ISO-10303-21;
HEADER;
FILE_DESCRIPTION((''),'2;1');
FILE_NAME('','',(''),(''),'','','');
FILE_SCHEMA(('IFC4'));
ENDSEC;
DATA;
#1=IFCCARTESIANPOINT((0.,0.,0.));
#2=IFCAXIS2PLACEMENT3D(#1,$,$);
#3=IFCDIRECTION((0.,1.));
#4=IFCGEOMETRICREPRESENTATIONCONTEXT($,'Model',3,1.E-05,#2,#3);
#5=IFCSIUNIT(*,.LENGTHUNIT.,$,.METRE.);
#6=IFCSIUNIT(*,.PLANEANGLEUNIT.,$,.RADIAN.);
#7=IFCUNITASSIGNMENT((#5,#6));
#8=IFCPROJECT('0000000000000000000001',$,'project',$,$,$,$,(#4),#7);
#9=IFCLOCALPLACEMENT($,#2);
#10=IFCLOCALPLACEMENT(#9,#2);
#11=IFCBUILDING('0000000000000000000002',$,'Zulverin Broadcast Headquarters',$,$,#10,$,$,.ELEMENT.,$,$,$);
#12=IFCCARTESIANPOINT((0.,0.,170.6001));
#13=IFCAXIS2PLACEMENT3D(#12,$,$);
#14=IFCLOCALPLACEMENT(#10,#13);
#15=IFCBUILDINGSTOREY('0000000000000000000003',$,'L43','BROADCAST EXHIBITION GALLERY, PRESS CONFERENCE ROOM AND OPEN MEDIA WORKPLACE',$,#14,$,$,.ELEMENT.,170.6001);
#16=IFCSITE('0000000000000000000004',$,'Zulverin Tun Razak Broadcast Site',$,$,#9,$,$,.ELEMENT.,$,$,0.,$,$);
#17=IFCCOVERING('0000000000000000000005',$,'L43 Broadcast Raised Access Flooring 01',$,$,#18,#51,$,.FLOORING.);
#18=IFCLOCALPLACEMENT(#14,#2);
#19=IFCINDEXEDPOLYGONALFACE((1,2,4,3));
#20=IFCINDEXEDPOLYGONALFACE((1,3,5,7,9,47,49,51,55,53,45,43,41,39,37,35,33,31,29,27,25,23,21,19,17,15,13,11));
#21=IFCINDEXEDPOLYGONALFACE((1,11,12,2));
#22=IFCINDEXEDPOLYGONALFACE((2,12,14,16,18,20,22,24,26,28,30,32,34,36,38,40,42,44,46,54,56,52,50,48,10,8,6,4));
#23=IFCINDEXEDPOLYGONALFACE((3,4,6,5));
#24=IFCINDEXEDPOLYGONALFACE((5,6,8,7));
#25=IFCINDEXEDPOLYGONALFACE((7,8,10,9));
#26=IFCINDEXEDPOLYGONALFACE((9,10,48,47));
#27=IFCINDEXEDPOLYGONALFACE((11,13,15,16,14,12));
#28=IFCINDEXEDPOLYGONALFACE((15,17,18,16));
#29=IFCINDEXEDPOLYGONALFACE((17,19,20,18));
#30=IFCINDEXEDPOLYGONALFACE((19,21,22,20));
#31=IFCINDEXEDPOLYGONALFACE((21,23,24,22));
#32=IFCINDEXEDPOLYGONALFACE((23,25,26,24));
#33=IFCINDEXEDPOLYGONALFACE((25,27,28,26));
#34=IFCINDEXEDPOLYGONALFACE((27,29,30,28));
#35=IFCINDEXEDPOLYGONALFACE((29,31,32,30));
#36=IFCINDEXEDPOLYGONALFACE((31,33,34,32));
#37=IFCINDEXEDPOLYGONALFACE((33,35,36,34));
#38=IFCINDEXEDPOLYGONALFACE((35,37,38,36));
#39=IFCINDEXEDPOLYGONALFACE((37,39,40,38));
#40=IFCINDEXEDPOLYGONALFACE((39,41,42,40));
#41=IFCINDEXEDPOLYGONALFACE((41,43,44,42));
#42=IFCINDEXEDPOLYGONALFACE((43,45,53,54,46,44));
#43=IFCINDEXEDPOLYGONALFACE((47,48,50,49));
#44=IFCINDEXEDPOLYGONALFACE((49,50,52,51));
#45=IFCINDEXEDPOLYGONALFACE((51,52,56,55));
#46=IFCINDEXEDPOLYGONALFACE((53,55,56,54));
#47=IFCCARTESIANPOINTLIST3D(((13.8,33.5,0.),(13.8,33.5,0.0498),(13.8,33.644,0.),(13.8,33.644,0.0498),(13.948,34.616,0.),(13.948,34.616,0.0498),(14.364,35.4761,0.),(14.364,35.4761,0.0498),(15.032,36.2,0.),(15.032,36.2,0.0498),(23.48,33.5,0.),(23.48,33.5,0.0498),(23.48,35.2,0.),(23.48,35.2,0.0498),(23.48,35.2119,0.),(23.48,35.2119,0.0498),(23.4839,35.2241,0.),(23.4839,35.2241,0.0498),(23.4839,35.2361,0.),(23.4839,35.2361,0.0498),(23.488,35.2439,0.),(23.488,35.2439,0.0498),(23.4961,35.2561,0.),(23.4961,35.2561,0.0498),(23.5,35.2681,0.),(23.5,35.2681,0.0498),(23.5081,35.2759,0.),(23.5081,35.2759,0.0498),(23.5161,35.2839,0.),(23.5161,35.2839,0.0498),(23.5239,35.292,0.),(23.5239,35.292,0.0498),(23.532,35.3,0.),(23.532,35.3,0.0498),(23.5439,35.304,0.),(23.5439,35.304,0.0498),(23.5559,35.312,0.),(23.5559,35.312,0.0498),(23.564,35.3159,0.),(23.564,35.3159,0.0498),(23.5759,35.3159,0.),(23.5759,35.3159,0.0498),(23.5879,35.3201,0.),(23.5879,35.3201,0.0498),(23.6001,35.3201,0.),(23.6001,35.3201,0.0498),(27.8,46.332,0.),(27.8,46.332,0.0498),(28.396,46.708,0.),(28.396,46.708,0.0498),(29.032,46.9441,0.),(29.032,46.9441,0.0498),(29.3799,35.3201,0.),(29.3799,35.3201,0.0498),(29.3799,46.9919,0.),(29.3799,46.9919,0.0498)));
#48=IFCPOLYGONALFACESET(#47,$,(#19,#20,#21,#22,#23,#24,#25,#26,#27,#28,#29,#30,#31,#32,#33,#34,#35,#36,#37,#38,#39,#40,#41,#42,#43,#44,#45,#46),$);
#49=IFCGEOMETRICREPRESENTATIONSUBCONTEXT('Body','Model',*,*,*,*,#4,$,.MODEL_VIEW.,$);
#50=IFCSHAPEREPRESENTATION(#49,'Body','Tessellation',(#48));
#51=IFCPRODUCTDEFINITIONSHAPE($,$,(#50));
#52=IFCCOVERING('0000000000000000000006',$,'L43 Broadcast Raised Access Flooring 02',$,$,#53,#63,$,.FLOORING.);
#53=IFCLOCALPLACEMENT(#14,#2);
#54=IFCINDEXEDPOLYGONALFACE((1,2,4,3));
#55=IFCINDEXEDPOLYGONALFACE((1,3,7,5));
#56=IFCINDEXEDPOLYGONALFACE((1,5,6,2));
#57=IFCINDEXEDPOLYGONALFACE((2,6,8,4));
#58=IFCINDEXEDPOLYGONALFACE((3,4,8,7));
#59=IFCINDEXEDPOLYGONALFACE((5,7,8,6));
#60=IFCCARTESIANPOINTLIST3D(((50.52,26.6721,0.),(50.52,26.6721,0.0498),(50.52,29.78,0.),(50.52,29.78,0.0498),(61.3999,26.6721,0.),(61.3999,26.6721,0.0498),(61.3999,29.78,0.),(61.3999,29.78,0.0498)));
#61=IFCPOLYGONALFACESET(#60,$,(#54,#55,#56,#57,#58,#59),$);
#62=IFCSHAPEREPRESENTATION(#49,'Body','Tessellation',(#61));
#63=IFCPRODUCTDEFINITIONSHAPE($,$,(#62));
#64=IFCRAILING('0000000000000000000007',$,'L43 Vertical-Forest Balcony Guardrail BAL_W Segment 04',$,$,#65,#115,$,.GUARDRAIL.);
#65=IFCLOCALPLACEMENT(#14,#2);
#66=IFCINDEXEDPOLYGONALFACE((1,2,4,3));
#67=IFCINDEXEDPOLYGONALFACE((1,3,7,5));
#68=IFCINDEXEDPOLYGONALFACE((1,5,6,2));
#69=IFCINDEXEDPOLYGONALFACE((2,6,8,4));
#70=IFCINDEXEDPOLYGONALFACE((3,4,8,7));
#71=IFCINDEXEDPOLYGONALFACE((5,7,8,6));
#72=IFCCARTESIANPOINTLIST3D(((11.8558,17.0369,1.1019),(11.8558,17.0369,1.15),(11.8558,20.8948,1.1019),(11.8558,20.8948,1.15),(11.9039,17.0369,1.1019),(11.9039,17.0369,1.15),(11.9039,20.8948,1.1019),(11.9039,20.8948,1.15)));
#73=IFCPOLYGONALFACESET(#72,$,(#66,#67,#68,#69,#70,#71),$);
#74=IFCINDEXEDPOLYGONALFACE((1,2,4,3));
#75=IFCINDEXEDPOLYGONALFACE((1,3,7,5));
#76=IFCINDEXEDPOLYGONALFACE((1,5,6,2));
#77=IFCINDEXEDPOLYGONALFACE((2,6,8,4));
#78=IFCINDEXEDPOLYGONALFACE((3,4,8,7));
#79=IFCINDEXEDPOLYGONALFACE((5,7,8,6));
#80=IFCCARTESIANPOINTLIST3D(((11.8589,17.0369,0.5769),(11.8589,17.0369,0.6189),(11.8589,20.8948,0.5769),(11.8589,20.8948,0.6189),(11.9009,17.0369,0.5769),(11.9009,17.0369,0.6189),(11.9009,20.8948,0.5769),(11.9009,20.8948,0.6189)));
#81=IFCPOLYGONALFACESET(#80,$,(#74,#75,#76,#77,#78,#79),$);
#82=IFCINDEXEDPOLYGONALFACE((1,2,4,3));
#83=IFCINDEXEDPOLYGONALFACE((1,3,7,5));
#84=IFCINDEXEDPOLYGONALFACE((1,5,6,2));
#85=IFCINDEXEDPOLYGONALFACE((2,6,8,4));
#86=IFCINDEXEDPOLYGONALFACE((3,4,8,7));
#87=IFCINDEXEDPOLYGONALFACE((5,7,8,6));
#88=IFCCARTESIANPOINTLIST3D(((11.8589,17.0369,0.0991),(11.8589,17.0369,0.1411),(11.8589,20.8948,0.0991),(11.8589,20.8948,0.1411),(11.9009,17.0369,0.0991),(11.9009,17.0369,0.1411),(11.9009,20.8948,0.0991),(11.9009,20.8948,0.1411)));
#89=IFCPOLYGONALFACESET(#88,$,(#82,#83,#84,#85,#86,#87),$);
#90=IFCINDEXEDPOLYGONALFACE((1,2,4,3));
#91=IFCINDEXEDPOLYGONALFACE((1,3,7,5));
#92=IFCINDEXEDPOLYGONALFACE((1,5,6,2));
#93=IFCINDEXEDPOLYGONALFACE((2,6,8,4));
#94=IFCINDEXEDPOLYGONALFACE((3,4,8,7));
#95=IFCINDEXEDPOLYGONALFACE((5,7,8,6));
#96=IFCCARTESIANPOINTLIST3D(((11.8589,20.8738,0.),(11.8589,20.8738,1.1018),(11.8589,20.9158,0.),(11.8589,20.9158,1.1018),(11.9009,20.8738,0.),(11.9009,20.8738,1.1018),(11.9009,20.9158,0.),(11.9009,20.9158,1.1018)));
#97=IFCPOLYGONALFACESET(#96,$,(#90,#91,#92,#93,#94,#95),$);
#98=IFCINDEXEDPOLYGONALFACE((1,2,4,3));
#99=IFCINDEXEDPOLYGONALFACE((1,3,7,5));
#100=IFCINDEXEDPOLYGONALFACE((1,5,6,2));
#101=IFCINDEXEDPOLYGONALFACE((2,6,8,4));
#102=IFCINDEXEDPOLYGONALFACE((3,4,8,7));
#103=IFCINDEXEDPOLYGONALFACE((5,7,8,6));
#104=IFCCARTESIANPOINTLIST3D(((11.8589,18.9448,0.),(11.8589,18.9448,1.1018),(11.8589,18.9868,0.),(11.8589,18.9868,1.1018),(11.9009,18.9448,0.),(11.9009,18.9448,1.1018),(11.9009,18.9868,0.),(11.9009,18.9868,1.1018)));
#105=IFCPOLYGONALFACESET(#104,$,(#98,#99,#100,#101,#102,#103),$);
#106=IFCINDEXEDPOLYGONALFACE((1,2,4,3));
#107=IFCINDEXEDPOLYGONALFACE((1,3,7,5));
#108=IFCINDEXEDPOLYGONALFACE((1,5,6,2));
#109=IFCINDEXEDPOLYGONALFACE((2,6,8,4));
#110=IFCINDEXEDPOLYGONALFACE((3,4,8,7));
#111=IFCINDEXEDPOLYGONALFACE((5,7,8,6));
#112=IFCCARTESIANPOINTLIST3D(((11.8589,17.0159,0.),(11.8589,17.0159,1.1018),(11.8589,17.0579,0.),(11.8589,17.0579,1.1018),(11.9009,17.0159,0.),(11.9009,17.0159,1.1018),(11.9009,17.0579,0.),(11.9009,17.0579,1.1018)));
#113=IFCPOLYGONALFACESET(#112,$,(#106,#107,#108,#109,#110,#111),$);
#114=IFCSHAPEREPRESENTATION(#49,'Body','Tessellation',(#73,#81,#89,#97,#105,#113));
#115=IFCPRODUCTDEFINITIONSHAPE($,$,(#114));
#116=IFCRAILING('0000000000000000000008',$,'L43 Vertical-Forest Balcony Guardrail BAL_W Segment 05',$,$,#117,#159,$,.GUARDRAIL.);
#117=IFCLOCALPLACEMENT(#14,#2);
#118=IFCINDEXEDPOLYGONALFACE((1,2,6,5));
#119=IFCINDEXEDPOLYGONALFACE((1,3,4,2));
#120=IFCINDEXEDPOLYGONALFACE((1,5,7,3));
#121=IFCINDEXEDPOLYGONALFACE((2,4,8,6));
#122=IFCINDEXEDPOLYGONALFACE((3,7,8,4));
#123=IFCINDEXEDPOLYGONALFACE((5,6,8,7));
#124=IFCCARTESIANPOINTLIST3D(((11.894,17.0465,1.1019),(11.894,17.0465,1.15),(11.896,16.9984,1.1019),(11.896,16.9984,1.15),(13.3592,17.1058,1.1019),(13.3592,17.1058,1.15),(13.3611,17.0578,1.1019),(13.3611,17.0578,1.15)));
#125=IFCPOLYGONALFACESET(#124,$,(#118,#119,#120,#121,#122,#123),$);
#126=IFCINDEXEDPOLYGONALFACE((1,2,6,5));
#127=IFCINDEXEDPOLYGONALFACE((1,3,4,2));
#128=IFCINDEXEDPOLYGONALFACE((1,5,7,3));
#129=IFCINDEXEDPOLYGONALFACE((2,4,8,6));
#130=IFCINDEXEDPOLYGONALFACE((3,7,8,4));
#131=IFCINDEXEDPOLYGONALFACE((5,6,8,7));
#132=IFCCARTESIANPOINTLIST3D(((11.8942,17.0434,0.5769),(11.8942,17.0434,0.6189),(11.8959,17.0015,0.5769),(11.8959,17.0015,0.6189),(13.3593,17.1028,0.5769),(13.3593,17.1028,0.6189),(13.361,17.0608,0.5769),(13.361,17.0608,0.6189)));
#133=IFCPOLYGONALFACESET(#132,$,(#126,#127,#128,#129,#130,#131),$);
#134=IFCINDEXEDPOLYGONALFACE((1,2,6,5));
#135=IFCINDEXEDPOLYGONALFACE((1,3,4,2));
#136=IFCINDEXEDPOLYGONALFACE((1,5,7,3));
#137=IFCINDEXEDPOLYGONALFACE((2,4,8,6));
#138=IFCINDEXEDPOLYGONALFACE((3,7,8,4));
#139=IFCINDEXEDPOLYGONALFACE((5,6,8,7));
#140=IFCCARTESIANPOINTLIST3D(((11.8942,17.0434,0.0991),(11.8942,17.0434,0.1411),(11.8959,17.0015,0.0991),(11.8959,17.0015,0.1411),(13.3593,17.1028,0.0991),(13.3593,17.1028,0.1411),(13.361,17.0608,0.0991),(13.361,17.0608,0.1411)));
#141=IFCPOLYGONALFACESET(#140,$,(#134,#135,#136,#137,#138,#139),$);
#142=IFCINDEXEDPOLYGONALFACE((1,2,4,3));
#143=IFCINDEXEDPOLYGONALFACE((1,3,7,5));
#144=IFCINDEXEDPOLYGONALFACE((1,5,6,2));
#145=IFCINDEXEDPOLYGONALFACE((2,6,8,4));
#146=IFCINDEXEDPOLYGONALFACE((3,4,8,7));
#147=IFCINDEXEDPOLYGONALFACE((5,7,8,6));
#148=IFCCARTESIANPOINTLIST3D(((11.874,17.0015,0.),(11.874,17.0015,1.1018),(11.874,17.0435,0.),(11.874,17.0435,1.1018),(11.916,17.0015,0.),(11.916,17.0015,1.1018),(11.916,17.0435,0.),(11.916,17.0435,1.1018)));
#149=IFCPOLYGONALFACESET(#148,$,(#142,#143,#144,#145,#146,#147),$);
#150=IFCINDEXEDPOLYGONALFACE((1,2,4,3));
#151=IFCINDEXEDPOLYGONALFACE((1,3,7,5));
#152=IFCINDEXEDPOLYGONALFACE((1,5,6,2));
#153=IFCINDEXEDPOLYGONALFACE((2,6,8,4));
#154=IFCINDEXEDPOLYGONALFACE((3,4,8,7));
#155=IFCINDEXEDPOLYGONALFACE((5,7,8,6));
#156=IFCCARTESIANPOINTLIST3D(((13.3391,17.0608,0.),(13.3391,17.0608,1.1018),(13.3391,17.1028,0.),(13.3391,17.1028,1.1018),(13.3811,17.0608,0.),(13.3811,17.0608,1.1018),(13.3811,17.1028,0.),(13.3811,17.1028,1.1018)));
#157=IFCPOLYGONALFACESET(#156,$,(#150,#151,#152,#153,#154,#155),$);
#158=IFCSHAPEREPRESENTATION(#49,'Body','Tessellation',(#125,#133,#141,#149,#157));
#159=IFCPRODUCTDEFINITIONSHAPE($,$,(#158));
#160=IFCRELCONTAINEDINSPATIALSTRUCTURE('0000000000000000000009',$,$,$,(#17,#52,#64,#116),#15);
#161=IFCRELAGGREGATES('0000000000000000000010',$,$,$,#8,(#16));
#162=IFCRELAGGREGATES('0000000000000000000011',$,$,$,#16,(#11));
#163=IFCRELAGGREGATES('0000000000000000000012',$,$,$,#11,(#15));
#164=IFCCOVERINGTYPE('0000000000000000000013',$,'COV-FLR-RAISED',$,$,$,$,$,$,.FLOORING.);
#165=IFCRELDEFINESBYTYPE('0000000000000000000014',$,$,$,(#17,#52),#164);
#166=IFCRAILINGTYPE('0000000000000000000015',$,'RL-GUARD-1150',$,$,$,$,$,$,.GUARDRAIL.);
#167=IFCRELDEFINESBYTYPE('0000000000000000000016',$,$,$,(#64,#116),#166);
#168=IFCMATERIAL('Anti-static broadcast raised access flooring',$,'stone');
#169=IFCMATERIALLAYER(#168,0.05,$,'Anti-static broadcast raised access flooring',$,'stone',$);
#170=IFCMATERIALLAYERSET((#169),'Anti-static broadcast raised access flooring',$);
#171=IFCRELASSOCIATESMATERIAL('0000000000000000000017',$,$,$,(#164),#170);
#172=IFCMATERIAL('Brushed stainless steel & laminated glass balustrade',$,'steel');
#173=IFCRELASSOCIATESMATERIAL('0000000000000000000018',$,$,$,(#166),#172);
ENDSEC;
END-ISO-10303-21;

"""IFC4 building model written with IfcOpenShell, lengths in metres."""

from ifc_helpers import new_model, si_unit, direction, frame, origin, origin_2d, place, context, subcontext, project, spatial, polyline, rectangle, outline, extrude, material, layer, layer_set, type_object, element, save


model = new_model("IFC4")

# Units and contexts
model_context = context("Model", 3, precision=1e-05, world=origin(), true_north=direction((0.0, 1.0)))
body_context = subcontext(model_context, "Body", "Model", "MODEL_VIEW")
ifc_project = project(units=[si_unit("LENGTHUNIT", "METRE"), si_unit("PLANEANGLEUNIT", "RADIAN")], contexts=[model_context])

# Site, building, storey
site_placement = place(None, origin())
site = spatial("IfcSite", under=ifc_project, at=site_placement, Name="Zulverin Tun Razak Broadcast Site", CompositionType="ELEMENT", RefElevation=0.0)
building_placement = place(site_placement, origin())
building = spatial("IfcBuilding", under=site, at=building_placement, Name="Zulverin Broadcast Headquarters", CompositionType="ELEMENT")
storey_placement = place(building_placement, frame((0.0, 0.0, 170.6001)))
storey = spatial("IfcBuildingStorey", under=building, at=storey_placement, Name="L43", Description="BROADCAST EXHIBITION GALLERY, PRESS CONFERENCE ROOM AND OPEN MEDIA WORKPLACE", CompositionType="ELEMENT", Elevation=170.6001)

# Coverings
ifc_material_1 = material(Name="Anti-static broadcast raised access flooring", Category="stone")
ifc_layer_1 = layer(ifc_material_1, 0.05, Name="Anti-static broadcast raised access flooring", Category="stone")
ifc_layer_set_1 = layer_set([ifc_layer_1], Name="Anti-static broadcast raised access flooring")
covering_type_1 = type_object("IfcCoveringType", Name="COV-FLR-RAISED", PredefinedType="FLOORING", material=ifc_layer_set_1)
covering_1_placement = place(storey_placement, origin())
element("IfcCovering", 1, at=covering_1_placement, inside=storey, type_object=covering_type_1, Name="L43 Broadcast Raised Access Flooring 01", PredefinedType="FLOORING", context=body_context, shape_type="SweptSolid", body=[
    extrude(outline(polyline([(29.032, 46.9441), (28.396, 46.708), (27.8, 46.332), (15.032, 36.2), (14.364, 35.4761), (13.948, 34.616), (13.8, 33.644), (13.8, 33.5), (23.48, 33.5), (23.48, 35.2), (23.48, 35.2119), (23.4839, 35.2241), (23.4839, 35.2361), (23.488, 35.2439), (23.4961, 35.2561), (23.5, 35.2681), (23.5081, 35.2759), (23.5161, 35.2839), (23.5239, 35.292), (23.532, 35.3), (23.5439, 35.304), (23.5559, 35.312), (23.564, 35.3159), (23.5759, 35.3159), (23.5879, 35.3201), (23.6001, 35.3201), (29.3799, 35.3201), (29.3799, 46.9919), (29.032, 46.9441)])), origin(), (0.0, 0.0, 1.0), 0.0498),
])
covering_2_placement = place(storey_placement, origin())
element("IfcCovering", 2, at=covering_2_placement, inside=storey, type_object=covering_type_1, Name="L43 Broadcast Raised Access Flooring 02", PredefinedType="FLOORING", context=body_context, shape_type="SweptSolid", body=[
    extrude(outline(polyline([(50.52, 26.6721), (61.3999, 26.6721), (61.3999, 29.78), (50.52, 29.78), (50.52, 26.6721)])), origin(), (0.0, 0.0, 1.0), 0.0498),
])

# Railings
ifc_material_2 = material(Name="Brushed stainless steel & laminated glass balustrade", Category="steel")
railing_type = type_object("IfcRailingType", Name="RL-GUARD-1150", PredefinedType="GUARDRAIL", material=ifc_material_2)
railing_1_placement = place(storey_placement, frame((11.8799, 20.8948, 0.0)))
element("IfcRailing", 3, at=railing_1_placement, inside=storey, type_object=railing_type, Name="L43 Vertical-Forest Balcony Guardrail BAL_W Segment 04", PredefinedType="GUARDRAIL", context=body_context, shape_type="SweptSolid", body=[
    extrude(rectangle(XDim=0.0481, YDim=0.0481, at=origin_2d()), frame((0.0, 0.0, 1.126), z_axis=(0.0, -1.0, 0.0), x_axis=(1.0, 0.0, 0.0)), (0.0, 0.0, 1.0), 3.8579),
    extrude(rectangle(XDim=0.042, YDim=0.042, at=origin_2d()), frame((0.0, 0.0, 0.5979), z_axis=(0.0, -1.0, 0.0), x_axis=(1.0, 0.0, 0.0)), (0.0, 0.0, 1.0), 3.8579),
    extrude(rectangle(XDim=0.042, YDim=0.042, at=origin_2d()), frame((0.0, 0.0, 0.1201), z_axis=(0.0, -1.0, 0.0), x_axis=(1.0, 0.0, 0.0)), (0.0, 0.0, 1.0), 3.8579),
    extrude(rectangle(XDim=0.042, YDim=0.042, at=origin_2d()), origin(), (0.0, 0.0, 1.0), 1.1018),
    extrude(rectangle(XDim=0.042, YDim=0.042, at=origin_2d()), frame((0.0, -1.929, 0.0)), (0.0, 0.0, 1.0), 1.1018),
    extrude(rectangle(XDim=0.042, YDim=0.042, at=origin_2d()), frame((0.0, -3.8579, 0.0)), (0.0, 0.0, 1.0), 1.1018),
])
railing_2_placement = place(storey_placement, frame((11.895, 17.0225, 0.0)))
element("IfcRailing", 4, at=railing_2_placement, inside=storey, type_object=railing_type, Name="L43 Vertical-Forest Balcony Guardrail BAL_W Segment 05", PredefinedType="GUARDRAIL", context=body_context, shape_type="SweptSolid", body=[
    extrude(rectangle(XDim=0.0481, YDim=0.0481, at=origin_2d()), frame((0.0, 0.0, 1.126), z_axis=(0.999181, 0.04046, 0.0), x_axis=(-0.04046, 0.999181, 0.0)), (0.0, 0.0, 1.0), 1.4663),
    extrude(rectangle(XDim=0.042, YDim=0.042, at=origin_2d()), frame((0.0, 0.0, 0.5979), z_axis=(0.999181, 0.04046, 0.0), x_axis=(-0.04046, 0.999181, 0.0)), (0.0, 0.0, 1.0), 1.4663),
    extrude(rectangle(XDim=0.042, YDim=0.042, at=origin_2d()), frame((0.0, 0.0, 0.1201), z_axis=(0.999181, 0.04046, 0.0), x_axis=(-0.04046, 0.999181, 0.0)), (0.0, 0.0, 1.0), 1.4663),
    extrude(rectangle(XDim=0.042, YDim=0.042, at=origin_2d()), origin(), (0.0, 0.0, 1.0), 1.1018),
    extrude(rectangle(XDim=0.042, YDim=0.042, at=origin_2d()), frame((1.4651, 0.0593, 0.0)), (0.0, 0.0, 1.0), 1.1018),
])

save(model, "model.ifc")
